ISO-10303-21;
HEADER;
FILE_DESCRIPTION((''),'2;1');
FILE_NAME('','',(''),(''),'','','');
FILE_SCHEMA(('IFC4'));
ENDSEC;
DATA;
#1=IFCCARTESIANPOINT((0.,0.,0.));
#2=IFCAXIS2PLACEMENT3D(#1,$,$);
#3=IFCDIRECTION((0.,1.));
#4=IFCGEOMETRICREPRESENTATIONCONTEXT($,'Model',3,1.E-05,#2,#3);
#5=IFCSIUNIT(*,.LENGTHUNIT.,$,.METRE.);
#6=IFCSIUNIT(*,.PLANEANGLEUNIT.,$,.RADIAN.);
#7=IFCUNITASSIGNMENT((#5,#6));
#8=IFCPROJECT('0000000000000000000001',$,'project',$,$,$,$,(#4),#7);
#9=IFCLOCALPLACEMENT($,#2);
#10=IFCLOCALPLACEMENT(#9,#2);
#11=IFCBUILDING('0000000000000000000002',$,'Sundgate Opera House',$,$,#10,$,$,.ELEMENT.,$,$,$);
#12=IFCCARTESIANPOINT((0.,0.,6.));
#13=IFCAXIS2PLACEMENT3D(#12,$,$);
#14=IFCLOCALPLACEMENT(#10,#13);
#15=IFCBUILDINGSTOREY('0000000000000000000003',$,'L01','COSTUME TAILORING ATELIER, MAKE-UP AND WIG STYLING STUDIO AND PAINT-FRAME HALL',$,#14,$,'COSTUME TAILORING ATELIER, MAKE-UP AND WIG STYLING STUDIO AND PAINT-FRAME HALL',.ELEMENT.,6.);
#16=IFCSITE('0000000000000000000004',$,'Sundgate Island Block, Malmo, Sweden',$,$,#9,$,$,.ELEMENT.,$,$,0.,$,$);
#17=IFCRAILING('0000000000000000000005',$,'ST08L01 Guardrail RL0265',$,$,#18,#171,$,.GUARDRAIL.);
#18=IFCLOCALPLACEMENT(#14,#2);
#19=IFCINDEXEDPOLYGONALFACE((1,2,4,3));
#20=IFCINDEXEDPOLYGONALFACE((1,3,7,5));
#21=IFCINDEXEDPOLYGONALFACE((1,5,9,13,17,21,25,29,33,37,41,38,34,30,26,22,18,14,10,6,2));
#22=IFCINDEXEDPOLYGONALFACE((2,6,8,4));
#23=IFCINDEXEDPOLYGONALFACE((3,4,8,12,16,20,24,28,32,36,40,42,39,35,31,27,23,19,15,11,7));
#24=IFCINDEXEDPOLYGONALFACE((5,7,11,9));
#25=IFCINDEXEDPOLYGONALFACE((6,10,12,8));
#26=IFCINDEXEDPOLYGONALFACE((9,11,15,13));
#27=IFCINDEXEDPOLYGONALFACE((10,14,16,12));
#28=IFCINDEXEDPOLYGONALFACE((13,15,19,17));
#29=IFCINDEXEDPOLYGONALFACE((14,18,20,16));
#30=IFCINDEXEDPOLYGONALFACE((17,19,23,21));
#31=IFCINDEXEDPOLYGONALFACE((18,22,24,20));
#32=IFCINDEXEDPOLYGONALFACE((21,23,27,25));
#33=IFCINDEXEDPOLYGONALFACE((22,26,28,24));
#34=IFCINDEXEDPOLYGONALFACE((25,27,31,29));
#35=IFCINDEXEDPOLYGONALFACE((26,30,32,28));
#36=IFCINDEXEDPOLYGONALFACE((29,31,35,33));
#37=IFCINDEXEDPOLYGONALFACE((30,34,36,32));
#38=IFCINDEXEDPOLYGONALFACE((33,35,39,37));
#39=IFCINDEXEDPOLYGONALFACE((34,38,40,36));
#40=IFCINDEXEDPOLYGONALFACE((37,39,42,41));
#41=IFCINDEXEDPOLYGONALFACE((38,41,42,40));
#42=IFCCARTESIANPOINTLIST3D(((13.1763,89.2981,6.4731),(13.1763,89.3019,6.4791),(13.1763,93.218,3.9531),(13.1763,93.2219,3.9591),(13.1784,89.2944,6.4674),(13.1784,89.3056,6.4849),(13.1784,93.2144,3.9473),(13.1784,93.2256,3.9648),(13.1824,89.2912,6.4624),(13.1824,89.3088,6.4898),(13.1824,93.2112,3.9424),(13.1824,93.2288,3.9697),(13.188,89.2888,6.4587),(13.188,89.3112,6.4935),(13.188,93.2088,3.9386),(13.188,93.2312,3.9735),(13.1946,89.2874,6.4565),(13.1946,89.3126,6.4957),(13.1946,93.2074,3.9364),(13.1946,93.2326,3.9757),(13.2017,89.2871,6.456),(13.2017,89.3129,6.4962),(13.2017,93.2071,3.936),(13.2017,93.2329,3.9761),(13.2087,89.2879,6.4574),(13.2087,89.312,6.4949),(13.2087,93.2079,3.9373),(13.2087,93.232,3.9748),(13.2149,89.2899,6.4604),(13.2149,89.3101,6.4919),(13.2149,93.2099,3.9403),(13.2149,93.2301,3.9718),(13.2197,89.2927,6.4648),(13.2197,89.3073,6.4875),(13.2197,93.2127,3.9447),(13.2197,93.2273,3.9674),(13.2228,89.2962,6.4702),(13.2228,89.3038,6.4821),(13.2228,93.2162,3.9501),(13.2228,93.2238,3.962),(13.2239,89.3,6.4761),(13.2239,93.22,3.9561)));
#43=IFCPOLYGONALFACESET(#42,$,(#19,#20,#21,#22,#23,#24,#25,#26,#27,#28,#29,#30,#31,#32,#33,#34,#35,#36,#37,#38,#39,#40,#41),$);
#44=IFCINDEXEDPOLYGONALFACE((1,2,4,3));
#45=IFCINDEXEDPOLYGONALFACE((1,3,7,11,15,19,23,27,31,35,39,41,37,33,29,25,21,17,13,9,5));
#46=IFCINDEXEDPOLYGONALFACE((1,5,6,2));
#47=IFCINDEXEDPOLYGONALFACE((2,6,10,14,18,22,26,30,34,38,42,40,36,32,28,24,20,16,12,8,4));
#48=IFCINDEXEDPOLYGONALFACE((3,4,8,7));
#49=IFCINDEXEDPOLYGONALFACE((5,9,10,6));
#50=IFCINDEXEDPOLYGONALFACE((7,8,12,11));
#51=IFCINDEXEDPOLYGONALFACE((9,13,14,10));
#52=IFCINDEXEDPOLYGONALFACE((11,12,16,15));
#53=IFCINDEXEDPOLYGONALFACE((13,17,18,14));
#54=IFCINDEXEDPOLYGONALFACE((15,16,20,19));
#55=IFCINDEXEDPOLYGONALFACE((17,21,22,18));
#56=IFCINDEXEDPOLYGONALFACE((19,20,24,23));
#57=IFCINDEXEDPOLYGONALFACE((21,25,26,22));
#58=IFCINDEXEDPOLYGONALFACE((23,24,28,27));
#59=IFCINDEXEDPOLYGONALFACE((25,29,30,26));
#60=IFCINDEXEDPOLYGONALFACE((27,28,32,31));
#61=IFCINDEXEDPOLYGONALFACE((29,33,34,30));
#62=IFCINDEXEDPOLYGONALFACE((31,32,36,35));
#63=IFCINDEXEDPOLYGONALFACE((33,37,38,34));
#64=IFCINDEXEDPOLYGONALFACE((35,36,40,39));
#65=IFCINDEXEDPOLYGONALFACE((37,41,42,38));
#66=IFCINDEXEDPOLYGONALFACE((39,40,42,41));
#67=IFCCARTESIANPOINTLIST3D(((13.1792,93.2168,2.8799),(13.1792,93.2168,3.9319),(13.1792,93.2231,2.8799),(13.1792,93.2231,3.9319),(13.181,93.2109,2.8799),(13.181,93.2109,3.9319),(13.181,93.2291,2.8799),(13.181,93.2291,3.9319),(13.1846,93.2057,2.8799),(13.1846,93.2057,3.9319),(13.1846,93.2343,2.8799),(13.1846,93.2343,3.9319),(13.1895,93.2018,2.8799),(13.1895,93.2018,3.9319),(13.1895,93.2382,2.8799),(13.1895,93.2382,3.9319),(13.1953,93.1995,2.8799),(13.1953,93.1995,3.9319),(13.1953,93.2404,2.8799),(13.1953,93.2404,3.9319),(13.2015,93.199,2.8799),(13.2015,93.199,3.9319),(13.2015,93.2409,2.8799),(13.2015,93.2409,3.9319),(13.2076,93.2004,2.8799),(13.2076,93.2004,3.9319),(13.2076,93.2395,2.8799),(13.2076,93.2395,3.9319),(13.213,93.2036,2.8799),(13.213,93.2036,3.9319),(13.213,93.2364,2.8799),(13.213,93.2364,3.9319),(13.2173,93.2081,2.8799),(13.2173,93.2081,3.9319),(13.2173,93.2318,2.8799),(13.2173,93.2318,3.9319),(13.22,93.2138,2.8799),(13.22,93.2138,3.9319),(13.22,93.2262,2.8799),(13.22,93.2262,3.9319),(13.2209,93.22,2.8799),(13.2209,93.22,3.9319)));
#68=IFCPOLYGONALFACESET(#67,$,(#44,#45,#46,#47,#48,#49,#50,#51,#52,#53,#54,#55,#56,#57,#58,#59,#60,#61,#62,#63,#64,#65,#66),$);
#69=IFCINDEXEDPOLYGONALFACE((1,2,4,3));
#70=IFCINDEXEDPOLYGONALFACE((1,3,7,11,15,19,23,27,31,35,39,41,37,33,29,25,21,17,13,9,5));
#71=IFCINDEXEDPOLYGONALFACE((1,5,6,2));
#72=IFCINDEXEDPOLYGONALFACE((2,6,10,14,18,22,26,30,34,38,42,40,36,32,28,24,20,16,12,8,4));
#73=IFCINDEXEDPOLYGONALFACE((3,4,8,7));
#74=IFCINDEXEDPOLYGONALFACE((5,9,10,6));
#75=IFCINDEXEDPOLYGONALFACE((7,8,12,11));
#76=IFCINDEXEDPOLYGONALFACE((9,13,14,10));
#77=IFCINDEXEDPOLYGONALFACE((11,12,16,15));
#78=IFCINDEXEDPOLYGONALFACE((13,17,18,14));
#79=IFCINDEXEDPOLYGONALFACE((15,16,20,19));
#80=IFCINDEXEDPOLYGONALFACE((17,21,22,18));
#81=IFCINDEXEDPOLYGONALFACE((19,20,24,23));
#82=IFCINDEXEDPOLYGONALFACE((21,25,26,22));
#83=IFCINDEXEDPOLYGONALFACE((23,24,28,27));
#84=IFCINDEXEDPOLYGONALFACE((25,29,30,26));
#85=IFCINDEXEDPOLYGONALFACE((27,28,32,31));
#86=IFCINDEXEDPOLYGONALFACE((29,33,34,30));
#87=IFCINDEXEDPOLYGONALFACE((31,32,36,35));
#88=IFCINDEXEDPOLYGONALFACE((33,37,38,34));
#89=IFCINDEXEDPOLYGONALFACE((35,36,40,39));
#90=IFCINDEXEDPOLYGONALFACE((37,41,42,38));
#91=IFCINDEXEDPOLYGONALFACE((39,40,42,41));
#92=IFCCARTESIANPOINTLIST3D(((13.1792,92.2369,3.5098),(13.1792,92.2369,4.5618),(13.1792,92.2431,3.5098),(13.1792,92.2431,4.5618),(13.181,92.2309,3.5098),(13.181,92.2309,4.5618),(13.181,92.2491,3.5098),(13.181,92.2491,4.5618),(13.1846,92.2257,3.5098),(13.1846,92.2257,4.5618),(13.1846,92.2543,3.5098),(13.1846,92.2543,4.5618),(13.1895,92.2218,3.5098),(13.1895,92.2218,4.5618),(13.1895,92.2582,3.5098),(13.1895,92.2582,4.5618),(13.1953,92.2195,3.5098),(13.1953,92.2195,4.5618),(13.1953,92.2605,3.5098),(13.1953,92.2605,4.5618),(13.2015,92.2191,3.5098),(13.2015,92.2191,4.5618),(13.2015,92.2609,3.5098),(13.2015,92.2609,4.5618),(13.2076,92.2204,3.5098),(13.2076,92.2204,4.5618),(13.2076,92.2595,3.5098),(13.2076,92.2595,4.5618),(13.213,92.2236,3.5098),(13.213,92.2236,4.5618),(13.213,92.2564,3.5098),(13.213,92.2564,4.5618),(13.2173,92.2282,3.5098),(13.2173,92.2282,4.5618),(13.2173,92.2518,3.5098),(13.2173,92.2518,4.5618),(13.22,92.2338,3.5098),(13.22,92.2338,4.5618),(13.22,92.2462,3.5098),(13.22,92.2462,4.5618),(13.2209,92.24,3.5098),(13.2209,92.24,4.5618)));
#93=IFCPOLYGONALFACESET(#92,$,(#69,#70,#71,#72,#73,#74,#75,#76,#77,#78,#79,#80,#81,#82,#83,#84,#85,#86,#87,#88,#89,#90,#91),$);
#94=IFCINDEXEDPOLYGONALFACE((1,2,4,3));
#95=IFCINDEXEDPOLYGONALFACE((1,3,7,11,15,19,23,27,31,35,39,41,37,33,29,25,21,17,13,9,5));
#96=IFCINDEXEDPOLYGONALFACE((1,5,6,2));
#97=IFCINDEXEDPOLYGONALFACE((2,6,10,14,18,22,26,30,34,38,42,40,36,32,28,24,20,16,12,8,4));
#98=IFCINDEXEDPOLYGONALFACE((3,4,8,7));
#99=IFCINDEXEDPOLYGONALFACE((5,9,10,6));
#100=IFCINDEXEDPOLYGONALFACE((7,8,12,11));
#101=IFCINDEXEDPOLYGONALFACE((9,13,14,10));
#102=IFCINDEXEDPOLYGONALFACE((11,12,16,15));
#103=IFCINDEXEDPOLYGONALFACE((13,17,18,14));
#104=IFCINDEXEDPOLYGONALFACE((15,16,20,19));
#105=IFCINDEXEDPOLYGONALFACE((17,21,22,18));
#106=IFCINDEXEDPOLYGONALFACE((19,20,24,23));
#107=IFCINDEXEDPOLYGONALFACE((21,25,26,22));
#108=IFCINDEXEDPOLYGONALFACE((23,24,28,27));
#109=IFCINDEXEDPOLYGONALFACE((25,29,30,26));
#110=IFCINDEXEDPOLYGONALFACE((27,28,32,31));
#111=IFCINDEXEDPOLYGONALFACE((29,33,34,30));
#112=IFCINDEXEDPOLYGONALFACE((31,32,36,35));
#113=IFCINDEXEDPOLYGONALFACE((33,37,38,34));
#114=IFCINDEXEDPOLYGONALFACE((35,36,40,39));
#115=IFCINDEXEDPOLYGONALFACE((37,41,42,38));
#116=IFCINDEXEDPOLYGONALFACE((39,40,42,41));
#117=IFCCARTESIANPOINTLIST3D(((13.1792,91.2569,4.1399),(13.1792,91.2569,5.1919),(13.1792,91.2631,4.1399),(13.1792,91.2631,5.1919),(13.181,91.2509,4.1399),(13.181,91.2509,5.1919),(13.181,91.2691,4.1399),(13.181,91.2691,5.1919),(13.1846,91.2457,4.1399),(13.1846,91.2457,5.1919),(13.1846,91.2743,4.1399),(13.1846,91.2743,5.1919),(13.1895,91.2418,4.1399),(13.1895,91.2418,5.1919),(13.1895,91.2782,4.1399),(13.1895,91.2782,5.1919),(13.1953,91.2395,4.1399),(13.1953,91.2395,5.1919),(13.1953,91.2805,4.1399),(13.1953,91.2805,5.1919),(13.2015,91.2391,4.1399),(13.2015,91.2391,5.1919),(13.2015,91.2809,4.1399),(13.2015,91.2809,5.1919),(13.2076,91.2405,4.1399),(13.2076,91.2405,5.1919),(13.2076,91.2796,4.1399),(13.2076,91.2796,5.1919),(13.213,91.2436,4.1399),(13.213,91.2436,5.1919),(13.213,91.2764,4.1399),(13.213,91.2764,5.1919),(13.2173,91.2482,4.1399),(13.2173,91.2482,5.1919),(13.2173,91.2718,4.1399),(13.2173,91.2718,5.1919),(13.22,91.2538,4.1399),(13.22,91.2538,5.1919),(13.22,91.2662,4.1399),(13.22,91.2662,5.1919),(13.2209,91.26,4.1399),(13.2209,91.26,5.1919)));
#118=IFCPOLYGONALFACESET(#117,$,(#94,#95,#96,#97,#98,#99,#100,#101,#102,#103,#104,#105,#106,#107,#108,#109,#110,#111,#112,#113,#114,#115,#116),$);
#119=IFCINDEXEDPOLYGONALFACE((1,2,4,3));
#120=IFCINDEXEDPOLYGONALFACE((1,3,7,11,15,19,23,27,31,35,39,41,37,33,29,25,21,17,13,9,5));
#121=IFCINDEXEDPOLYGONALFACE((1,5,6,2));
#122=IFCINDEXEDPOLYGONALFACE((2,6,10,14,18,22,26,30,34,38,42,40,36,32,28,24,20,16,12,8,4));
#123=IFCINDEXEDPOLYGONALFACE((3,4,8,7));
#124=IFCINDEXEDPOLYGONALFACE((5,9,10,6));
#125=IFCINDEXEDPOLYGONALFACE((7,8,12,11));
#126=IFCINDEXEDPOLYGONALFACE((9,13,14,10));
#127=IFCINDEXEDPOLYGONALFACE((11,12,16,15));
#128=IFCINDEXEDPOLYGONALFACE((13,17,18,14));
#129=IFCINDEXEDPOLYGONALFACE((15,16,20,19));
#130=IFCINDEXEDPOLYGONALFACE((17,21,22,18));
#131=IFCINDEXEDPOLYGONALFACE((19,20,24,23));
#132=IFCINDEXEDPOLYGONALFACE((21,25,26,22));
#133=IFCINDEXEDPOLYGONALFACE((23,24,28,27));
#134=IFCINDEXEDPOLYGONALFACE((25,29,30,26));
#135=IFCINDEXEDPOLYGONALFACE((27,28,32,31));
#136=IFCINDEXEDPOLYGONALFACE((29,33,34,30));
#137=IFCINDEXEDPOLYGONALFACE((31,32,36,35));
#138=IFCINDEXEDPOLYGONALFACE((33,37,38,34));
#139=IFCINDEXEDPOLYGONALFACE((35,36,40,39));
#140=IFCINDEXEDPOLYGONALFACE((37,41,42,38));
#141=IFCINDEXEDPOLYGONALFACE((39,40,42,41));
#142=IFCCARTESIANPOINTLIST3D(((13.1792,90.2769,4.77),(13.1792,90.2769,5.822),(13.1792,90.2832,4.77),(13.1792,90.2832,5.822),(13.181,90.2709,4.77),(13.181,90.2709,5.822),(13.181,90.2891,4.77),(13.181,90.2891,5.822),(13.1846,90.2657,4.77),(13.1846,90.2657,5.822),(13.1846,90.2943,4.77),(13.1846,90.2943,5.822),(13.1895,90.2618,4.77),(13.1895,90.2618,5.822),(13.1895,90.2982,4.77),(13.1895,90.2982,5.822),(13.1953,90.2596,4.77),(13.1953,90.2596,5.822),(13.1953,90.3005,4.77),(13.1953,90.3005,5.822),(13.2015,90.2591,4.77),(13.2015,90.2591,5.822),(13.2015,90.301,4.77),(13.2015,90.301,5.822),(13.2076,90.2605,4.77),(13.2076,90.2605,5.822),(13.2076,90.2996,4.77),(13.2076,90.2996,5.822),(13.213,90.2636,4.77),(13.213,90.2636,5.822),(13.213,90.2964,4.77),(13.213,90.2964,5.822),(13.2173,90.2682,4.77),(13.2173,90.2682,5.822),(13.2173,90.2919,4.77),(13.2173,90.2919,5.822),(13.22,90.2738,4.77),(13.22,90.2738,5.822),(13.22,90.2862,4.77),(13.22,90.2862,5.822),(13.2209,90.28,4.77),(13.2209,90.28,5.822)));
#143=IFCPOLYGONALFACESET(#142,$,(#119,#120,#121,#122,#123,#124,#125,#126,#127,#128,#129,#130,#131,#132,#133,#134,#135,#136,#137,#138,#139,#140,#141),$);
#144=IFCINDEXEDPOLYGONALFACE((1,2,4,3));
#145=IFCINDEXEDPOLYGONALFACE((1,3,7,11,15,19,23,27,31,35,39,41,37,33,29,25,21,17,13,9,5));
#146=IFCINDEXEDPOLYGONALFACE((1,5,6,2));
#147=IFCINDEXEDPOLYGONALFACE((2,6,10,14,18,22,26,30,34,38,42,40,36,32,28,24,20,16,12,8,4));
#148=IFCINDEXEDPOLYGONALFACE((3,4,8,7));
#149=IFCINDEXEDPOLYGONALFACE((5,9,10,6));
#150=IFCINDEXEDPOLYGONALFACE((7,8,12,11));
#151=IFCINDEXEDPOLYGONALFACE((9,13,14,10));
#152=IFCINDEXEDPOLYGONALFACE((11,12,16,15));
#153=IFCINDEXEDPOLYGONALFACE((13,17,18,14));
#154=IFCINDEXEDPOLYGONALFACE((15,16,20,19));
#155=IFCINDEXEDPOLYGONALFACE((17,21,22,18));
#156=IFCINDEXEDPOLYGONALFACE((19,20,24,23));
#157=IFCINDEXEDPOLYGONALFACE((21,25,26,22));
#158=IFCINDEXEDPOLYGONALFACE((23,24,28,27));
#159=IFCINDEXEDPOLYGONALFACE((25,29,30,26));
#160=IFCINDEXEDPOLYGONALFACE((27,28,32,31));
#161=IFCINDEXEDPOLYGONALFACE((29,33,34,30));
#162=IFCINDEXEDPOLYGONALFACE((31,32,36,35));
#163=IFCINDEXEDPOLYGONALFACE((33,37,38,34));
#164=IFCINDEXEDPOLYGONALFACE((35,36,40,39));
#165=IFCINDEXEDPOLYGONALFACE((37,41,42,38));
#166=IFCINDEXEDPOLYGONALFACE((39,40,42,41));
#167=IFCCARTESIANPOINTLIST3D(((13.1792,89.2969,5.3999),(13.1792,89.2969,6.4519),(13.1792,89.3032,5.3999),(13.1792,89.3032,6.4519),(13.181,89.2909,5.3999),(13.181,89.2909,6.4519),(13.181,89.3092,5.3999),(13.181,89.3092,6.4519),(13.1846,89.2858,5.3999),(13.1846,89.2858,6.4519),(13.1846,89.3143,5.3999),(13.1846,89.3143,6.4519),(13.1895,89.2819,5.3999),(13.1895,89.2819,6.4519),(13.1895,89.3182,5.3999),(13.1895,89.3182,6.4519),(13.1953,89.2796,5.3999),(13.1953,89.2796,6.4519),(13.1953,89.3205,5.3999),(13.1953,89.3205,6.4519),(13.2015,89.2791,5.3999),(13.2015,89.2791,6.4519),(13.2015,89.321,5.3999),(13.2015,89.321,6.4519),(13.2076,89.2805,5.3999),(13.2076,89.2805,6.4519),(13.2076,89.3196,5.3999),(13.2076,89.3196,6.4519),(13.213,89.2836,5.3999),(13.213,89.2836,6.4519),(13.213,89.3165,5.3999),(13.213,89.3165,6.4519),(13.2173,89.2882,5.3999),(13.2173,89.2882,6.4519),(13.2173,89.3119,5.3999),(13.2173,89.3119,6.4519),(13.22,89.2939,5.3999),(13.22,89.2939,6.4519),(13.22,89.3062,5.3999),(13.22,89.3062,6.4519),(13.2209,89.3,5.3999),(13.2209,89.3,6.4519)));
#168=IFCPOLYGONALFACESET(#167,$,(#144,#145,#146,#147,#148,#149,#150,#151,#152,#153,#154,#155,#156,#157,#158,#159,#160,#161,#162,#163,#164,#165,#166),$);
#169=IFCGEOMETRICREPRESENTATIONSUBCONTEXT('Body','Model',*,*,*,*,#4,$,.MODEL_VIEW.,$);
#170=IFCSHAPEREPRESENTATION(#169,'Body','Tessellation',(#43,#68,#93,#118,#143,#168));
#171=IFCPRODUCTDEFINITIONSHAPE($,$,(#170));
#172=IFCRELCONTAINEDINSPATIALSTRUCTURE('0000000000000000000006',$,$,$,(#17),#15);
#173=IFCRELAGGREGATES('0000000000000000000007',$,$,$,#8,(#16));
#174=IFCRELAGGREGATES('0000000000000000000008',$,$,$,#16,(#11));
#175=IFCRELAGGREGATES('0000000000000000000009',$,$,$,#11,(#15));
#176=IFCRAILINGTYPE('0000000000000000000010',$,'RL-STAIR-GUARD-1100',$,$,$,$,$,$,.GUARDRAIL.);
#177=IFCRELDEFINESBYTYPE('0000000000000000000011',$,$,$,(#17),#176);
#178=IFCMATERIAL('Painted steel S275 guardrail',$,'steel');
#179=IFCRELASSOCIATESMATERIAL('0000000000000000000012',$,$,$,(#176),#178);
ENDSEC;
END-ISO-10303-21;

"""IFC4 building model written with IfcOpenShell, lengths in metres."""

from ifc_helpers import new_model, si_unit, direction, frame, origin, origin_2d, place, context, subcontext, project, spatial, circle, extrude, material, type_object, element, save


model = new_model("IFC4")

# Units and contexts
model_context = context("Model", 3, precision=1e-05, world=origin(), true_north=direction((0.0, 1.0)))
body_context = subcontext(model_context, "Body", "Model", "MODEL_VIEW")
ifc_project = project(units=[si_unit("LENGTHUNIT", "METRE"), si_unit("PLANEANGLEUNIT", "RADIAN")], contexts=[model_context])

# Site, building, storey
site_placement = place(None, origin())
site = spatial("IfcSite", under=ifc_project, at=site_placement, Name="Sundgate Island Block, Malmo, Sweden", CompositionType="ELEMENT", RefElevation=0.0)
building_placement = place(site_placement, origin())
building = spatial("IfcBuilding", under=site, at=building_placement, Name="Sundgate Opera House", CompositionType="ELEMENT")
storey_placement = place(building_placement, frame((0.0, 0.0, 6.0)))
storey = spatial("IfcBuildingStorey", under=building, at=storey_placement, Name="L01", Description="COSTUME TAILORING ATELIER, MAKE-UP AND WIG STYLING STUDIO AND PAINT-FRAME HALL", LongName="COSTUME TAILORING ATELIER, MAKE-UP AND WIG STYLING STUDIO AND PAINT-FRAME HALL", CompositionType="ELEMENT", Elevation=6.0)

# Railing
ifc_material_1 = material(Name="Painted steel S275 guardrail", Category="steel")
railing_type_1 = type_object("IfcRailingType", Name="RL-STAIR-GUARD-1100", PredefinedType="GUARDRAIL", material=ifc_material_1)
railing_1_placement = place(storey_placement, frame((13.2, 93.22, 2.8799)))
element("IfcRailing", 1, at=railing_1_placement, inside=storey, type_object=railing_type_1, Name="ST08L01 Guardrail RL0265", PredefinedType="GUARDRAIL", context=body_context, shape_type="SweptSolid", body=[
    extrude(circle(Radius=0.0239, at=origin_2d()), frame((0.0, 0.0, 1.0762), z_axis=(0.0, -0.841172, 0.540768), x_axis=(1.0, 0.0, 0.0)), (0.0, 0.0, 1.0), 4.6602),
    extrude(circle(Radius=0.021, at=origin_2d()), origin(), (0.0, 0.0, 1.0), 1.052),
    extrude(circle(Radius=0.021, at=origin_2d()), frame((0.0, -0.98, 0.6299)), (0.0, 0.0, 1.0), 1.052),
    extrude(circle(Radius=0.021, at=origin_2d()), frame((0.0, -1.96, 1.26)), (0.0, 0.0, 1.0), 1.052),
    extrude(circle(Radius=0.021, at=origin_2d()), frame((0.0, -2.9399, 1.8901)), (0.0, 0.0, 1.0), 1.052),
    extrude(circle(Radius=0.021, at=origin_2d()), frame((0.0, -3.9199, 2.52)), (0.0, 0.0, 1.0), 1.052),
])

save(model, "model.ifc")
